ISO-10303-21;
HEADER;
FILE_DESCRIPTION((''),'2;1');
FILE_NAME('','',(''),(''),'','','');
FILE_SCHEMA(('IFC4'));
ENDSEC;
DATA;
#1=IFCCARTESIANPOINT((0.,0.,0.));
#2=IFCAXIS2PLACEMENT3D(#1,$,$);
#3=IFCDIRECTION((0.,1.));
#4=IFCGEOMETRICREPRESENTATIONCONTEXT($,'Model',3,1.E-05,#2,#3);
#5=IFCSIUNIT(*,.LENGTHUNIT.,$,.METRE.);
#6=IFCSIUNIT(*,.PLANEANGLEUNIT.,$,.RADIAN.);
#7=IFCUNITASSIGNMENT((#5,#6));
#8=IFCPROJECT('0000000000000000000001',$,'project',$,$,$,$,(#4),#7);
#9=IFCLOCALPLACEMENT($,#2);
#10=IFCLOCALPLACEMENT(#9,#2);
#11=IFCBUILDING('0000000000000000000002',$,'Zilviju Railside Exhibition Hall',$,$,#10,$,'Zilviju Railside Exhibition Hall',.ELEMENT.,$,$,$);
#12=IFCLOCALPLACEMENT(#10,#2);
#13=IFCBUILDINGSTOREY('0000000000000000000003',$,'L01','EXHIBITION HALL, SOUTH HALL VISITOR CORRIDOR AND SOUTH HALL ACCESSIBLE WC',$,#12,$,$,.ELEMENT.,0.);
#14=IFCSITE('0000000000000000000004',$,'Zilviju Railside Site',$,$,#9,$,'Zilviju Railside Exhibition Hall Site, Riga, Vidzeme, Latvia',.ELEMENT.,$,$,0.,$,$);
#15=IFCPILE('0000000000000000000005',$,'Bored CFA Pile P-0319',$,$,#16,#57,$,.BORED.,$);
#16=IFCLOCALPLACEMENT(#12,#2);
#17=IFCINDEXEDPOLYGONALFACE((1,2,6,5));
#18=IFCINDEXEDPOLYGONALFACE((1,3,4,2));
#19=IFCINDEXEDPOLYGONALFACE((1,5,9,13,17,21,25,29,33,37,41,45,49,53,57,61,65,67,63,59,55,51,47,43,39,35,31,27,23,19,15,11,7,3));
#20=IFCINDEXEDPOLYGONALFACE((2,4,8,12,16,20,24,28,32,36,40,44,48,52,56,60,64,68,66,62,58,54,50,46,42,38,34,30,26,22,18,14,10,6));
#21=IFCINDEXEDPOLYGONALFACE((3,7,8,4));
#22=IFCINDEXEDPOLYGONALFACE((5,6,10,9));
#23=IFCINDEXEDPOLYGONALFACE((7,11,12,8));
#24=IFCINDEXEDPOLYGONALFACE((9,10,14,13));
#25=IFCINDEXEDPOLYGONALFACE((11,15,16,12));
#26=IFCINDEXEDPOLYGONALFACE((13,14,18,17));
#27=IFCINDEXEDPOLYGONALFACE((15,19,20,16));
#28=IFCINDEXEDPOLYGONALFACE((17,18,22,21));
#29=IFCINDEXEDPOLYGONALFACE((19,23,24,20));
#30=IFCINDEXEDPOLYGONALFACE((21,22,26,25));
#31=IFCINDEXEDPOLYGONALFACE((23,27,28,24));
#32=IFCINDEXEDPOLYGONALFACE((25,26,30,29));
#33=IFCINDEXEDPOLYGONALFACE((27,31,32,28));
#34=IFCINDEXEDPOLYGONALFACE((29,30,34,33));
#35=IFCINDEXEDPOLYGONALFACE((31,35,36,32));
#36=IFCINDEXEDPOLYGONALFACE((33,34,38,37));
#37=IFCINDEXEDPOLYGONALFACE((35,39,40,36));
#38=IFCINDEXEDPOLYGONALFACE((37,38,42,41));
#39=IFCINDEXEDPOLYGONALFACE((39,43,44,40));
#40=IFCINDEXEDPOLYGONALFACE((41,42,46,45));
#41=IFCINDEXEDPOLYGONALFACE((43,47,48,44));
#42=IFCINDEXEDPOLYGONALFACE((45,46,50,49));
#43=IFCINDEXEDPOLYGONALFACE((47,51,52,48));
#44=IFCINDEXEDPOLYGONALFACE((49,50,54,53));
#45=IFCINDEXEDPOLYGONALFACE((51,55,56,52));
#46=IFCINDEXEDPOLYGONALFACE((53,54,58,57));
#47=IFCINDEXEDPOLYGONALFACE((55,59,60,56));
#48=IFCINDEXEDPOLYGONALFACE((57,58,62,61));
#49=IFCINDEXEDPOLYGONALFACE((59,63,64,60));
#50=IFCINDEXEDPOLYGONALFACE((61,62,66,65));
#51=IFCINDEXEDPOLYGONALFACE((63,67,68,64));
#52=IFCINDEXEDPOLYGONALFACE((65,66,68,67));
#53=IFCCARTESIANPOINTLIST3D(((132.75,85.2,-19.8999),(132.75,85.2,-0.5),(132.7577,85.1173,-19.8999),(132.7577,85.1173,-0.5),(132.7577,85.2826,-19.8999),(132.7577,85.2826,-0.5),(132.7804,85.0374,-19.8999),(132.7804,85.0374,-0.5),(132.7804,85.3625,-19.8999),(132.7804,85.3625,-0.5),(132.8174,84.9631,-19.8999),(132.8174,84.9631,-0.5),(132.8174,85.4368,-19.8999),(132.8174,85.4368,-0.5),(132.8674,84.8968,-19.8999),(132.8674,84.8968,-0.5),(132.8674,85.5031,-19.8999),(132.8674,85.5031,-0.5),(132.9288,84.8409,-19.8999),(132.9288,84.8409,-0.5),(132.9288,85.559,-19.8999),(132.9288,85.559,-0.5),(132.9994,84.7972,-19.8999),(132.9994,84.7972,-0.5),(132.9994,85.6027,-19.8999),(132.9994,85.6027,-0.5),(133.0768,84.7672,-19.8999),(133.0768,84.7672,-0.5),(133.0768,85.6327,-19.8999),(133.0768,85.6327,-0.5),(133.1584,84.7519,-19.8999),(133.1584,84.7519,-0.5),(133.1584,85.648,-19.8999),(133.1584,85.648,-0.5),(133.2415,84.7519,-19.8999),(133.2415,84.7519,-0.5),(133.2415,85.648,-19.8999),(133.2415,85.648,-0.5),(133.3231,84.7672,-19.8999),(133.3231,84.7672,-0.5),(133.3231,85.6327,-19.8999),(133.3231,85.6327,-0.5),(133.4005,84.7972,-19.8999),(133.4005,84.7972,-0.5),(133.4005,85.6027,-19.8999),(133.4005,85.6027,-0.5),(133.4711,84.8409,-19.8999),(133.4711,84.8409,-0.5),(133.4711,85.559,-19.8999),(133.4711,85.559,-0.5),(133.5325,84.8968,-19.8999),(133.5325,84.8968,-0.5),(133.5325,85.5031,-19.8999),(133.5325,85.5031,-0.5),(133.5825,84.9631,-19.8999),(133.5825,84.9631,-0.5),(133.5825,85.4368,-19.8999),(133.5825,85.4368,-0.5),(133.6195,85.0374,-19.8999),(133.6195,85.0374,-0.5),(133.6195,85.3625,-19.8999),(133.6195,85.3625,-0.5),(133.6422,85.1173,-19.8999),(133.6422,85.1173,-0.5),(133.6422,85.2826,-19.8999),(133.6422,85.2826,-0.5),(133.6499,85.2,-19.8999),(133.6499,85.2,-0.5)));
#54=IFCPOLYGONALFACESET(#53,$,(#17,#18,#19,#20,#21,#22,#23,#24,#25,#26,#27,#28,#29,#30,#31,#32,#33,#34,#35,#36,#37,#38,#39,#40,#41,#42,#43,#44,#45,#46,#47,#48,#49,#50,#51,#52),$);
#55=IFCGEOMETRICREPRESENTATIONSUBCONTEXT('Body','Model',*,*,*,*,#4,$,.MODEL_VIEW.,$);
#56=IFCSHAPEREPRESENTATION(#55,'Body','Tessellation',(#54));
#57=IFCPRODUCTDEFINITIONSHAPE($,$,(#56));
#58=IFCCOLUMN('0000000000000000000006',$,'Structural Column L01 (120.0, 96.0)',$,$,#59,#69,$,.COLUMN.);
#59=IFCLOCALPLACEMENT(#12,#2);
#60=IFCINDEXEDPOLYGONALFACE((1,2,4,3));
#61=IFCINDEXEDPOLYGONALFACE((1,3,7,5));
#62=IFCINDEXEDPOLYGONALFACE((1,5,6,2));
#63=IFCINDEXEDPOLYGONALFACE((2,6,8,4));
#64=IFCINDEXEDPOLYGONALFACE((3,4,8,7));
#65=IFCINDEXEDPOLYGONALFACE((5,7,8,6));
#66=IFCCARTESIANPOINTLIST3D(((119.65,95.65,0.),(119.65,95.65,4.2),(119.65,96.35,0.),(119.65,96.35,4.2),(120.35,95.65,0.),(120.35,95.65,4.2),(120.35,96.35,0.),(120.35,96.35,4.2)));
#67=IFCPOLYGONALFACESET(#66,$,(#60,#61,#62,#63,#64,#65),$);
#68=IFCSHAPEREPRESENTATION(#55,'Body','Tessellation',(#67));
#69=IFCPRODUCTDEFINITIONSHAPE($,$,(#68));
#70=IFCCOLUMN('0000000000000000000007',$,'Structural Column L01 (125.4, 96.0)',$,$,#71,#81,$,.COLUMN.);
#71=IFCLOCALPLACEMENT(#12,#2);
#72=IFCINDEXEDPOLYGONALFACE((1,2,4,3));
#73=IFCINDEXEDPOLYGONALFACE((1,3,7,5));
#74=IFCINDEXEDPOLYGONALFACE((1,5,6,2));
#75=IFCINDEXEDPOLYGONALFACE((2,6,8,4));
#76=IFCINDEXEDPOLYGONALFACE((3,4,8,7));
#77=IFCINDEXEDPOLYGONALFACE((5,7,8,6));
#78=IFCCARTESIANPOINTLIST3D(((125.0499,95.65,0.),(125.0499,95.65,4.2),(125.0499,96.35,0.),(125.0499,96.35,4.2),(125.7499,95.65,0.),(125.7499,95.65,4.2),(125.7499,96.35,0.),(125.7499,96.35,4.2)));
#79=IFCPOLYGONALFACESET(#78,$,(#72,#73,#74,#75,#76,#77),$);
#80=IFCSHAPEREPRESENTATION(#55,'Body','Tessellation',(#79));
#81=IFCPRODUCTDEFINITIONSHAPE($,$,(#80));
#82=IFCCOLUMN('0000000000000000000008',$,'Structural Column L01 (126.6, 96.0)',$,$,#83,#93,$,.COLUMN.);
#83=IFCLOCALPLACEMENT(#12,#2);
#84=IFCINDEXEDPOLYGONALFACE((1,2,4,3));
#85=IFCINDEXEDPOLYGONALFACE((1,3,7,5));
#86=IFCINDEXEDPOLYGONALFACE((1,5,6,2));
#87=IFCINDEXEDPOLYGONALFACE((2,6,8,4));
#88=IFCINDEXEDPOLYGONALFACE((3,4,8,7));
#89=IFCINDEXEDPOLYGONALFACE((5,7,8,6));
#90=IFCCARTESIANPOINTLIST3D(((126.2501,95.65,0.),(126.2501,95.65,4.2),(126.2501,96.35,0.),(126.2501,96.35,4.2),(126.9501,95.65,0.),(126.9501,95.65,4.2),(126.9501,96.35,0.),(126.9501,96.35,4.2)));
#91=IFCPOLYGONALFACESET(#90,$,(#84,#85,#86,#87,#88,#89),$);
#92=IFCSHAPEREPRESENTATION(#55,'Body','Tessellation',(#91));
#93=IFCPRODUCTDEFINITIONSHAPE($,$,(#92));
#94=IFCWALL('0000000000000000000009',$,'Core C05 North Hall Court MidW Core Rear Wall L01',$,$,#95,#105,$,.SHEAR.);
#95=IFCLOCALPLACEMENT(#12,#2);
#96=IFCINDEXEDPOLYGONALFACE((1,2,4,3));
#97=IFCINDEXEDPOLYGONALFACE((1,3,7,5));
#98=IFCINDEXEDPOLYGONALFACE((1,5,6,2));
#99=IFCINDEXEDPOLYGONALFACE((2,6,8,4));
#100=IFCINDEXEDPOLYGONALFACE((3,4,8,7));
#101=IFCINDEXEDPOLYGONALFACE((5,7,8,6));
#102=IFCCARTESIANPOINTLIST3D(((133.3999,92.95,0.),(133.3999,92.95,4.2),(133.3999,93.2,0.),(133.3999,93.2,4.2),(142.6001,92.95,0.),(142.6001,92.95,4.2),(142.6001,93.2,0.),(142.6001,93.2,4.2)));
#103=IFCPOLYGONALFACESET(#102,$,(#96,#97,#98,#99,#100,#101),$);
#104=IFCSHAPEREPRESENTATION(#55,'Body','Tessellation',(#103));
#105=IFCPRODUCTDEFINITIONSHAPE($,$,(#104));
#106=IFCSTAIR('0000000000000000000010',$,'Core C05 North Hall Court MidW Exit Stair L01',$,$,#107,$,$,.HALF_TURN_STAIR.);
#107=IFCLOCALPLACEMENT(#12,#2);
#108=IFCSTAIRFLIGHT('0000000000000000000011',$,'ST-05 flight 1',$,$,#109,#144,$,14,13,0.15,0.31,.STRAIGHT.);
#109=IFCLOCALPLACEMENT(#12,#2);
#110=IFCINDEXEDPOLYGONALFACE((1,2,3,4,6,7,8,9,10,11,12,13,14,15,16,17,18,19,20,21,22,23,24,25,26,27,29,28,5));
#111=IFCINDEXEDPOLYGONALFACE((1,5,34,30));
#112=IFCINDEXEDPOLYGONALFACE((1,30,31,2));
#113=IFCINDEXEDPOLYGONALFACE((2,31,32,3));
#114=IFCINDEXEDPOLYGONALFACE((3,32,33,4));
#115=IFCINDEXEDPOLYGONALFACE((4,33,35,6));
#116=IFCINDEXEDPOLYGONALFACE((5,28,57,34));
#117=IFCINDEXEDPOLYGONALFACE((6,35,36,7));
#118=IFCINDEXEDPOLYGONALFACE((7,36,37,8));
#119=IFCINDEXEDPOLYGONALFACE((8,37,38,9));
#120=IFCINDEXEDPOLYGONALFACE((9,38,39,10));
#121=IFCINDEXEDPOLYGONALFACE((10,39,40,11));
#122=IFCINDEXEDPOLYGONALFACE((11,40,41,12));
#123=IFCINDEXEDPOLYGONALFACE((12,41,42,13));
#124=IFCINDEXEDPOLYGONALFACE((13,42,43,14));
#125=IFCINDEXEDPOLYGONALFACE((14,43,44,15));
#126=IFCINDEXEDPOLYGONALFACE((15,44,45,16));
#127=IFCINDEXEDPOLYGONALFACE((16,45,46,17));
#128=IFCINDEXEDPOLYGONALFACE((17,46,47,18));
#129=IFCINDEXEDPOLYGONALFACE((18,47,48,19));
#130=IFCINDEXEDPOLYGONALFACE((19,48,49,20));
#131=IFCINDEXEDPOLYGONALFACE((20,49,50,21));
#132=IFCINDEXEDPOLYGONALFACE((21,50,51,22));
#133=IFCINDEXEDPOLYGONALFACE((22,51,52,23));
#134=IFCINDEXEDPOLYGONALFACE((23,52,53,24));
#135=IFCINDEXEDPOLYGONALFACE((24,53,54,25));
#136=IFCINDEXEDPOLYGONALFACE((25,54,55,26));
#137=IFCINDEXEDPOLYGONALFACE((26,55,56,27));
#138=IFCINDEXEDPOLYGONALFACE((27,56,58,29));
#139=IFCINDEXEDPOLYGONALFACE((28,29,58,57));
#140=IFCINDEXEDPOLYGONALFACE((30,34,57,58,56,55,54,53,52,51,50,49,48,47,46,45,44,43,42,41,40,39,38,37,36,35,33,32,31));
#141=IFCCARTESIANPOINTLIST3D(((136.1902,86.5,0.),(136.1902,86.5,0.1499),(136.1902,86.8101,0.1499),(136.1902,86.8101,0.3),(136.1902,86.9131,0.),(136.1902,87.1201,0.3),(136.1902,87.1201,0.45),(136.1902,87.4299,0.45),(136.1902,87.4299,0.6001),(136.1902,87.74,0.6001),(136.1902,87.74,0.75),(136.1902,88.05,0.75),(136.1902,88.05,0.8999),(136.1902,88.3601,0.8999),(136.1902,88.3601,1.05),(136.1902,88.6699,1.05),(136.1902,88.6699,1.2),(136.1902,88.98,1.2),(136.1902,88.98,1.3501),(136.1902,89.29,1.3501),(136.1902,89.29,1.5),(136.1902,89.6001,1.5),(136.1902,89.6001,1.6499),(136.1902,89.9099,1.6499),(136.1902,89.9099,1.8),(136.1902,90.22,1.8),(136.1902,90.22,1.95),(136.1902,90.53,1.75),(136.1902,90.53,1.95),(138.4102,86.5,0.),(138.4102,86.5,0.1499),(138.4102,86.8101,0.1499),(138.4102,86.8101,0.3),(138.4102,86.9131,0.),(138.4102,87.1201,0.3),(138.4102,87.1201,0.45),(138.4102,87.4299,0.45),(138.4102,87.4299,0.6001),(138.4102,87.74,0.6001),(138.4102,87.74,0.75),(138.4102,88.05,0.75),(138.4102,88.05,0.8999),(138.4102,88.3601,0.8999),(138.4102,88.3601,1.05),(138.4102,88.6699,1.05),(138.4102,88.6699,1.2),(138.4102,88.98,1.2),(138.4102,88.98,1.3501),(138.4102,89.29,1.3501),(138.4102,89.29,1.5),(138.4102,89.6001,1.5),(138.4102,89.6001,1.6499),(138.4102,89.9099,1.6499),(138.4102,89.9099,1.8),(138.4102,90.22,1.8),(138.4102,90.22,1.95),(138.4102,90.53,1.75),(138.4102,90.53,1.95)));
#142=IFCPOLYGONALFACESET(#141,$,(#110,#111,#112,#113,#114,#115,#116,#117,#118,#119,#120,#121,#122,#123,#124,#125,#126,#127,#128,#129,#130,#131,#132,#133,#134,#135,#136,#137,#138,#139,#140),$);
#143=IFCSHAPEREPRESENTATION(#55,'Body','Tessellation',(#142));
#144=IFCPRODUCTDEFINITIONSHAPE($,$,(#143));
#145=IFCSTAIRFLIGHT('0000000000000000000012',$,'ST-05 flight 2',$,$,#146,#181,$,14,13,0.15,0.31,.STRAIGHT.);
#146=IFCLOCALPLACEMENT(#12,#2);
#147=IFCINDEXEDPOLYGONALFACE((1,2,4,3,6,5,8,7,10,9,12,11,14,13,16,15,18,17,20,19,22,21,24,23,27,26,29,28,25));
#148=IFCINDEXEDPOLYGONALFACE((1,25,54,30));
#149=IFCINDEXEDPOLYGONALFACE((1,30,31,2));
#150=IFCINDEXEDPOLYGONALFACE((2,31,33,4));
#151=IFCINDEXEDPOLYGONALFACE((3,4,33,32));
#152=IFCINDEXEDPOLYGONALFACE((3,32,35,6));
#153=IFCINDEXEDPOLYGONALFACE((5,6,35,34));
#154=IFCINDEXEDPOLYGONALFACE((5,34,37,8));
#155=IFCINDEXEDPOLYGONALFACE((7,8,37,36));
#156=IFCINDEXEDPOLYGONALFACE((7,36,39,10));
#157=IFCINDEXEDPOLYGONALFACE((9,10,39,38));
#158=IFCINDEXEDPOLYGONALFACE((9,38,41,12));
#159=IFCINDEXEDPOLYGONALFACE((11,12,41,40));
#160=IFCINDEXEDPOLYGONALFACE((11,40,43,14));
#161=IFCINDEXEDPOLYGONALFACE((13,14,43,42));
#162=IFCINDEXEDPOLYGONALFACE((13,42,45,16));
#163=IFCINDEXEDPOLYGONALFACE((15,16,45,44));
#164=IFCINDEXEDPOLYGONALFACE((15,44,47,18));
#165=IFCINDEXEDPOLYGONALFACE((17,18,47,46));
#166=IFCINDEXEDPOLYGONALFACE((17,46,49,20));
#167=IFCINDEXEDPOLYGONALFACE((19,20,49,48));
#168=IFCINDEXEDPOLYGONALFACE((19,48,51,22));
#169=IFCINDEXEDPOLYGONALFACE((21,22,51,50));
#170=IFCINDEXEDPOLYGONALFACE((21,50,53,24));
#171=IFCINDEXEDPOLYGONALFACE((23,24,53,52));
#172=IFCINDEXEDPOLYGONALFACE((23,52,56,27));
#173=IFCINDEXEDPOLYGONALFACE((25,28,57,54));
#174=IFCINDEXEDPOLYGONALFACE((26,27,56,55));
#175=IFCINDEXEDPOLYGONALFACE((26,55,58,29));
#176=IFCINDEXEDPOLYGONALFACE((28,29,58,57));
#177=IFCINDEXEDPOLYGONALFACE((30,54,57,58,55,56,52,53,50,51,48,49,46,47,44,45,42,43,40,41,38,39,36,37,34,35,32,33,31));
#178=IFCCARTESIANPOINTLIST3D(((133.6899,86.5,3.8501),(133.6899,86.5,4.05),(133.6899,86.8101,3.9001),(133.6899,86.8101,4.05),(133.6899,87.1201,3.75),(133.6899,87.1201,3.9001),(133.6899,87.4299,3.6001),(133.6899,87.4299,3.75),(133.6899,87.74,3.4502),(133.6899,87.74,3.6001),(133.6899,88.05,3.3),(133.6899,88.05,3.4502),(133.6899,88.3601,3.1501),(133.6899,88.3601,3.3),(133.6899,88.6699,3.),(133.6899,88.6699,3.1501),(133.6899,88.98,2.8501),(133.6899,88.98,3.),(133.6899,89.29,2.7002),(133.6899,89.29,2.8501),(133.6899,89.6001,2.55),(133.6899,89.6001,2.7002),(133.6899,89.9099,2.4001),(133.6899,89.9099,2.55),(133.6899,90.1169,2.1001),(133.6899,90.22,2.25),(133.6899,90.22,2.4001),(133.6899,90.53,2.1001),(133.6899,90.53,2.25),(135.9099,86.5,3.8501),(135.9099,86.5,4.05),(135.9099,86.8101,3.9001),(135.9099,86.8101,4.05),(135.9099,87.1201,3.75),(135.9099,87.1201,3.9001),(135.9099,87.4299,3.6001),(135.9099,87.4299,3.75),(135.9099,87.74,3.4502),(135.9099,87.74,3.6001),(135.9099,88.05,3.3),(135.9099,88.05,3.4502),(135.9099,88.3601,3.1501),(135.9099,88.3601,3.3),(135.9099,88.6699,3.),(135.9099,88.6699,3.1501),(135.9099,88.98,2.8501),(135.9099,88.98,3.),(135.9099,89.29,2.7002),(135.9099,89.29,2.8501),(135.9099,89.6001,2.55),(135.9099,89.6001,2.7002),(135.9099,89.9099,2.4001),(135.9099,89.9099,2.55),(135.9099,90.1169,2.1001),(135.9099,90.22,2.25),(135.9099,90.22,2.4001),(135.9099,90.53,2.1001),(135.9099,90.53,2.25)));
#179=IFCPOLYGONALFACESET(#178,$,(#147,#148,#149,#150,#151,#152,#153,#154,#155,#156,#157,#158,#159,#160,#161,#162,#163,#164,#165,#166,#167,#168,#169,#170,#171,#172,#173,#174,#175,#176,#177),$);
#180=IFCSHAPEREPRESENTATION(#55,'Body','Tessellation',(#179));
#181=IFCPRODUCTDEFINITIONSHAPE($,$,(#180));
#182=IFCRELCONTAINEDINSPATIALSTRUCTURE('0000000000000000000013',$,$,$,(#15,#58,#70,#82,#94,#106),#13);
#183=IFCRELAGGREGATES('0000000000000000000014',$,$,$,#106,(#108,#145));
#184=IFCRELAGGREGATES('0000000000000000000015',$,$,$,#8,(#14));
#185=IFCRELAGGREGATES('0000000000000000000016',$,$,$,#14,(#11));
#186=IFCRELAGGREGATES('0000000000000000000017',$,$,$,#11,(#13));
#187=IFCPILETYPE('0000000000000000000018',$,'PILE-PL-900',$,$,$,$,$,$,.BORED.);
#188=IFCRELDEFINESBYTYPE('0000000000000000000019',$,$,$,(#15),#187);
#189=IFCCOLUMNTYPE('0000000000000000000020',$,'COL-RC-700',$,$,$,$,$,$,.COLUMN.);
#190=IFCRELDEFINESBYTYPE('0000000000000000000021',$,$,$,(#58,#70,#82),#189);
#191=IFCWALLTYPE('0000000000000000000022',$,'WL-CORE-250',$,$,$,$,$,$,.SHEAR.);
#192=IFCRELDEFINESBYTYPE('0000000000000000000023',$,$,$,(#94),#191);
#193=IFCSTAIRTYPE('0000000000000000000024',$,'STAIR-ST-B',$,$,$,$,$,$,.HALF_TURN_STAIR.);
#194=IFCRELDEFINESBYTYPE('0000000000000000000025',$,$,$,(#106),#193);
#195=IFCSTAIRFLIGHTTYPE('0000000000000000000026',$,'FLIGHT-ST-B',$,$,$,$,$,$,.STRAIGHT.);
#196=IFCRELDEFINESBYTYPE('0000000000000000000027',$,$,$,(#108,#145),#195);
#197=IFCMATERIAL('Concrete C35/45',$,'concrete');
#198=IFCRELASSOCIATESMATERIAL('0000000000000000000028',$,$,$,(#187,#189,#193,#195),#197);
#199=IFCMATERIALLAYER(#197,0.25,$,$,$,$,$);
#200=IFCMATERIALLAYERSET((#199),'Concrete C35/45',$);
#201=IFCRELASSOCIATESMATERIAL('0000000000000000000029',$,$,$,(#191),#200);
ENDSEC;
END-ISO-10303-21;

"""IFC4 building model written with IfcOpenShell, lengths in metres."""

from ifc_helpers import new_model, si_unit, direction, frame, frame_2d, origin, origin_2d, place, context, subcontext, project, spatial, polyline, rectangle, circle, outline, extrude, material, layer, layer_set, material_profile, profile_set, type_object, element, aggregate, save


model = new_model("IFC4")

# Units and contexts
model_context = context("Model", 3, precision=1e-05, world=origin(), true_north=direction((0.0, 1.0)))
body_context = subcontext(model_context, "Body", "Model", "MODEL_VIEW")
ifc_project = project(units=[si_unit("LENGTHUNIT", "METRE"), si_unit("PLANEANGLEUNIT", "RADIAN")], contexts=[model_context])

# Site, building, storey
site_placement = place(None, origin())
site = spatial("IfcSite", under=ifc_project, at=site_placement, Name="Zilviju Railside Site", LongName="Zilviju Railside Exhibition Hall Site, Riga, Vidzeme, Latvia", CompositionType="ELEMENT", RefElevation=0.0)
building_placement = place(site_placement, origin())
building = spatial("IfcBuilding", under=site, at=building_placement, Name="Zilviju Railside Exhibition Hall", LongName="Zilviju Railside Exhibition Hall", CompositionType="ELEMENT")
storey_placement = place(building_placement, origin())
storey = spatial("IfcBuildingStorey", under=building, at=storey_placement, Name="L01", Description="EXHIBITION HALL, SOUTH HALL VISITOR CORRIDOR AND SOUTH HALL ACCESSIBLE WC", CompositionType="ELEMENT", Elevation=0.0)

# Shared definitions
ifc_material_1 = material(Name="Concrete C35/45", Category="concrete")

# Pile
ifc_material_profile_1 = material_profile(ifc_material_1, circle(Radius=0.45, at=origin_2d()), Name="CFA PILE D900")
ifc_profile_set_1 = profile_set([ifc_material_profile_1], Name="Concrete C35/45")
pile_type_1 = type_object("IfcPileType", Name="PILE-PL-900", PredefinedType="BORED", material=ifc_profile_set_1)
for number, where, z_axis, x_axis, name in (
    (1, (133.2, 85.2, -0.5), (0.0, 0.0, -1.0), (1.0, 0.0, 0.0), "Bored CFA Pile P-0319"),
):
    element("IfcPile", number, at=place(storey_placement, frame(where, z_axis=z_axis, x_axis=x_axis)), inside=storey, type_object=pile_type_1, Name=name, PredefinedType="BORED", context=body_context, shape_type="SweptSolid", body=[
        extrude(circle(Radius=0.45, at=origin_2d()), origin(), (0.0, 0.0, 1.0), 19.3999),
    ])

# Columns
ifc_material_profile_2 = material_profile(ifc_material_1, rectangle(XDim=0.7, YDim=0.7, at=origin_2d()), Name="RC COL 700x700")
ifc_profile_set_2 = profile_set([ifc_material_profile_2], Name="Concrete C35/45")
column_type = type_object("IfcColumnType", Name="COL-RC-700", PredefinedType="COLUMN", material=ifc_profile_set_2)
for number, where, z_axis, x_axis, name in (
    (2, (120.0, 96.0, 0.0), (0.0, 0.0, 1.0), (1.0, 0.0, 0.0), "Structural Column L01 (120.0, 96.0)"),
    (3, (125.3999, 96.0, 0.0), (0.0, 0.0, 1.0), (1.0, 0.0, 0.0), "Structural Column L01 (125.4, 96.0)"),
    (4, (126.6001, 96.0, 0.0), (0.0, 0.0, 1.0), (1.0, 0.0, 0.0), "Structural Column L01 (126.6, 96.0)"),
):
    element("IfcColumn", number, at=place(storey_placement, frame(where, z_axis=z_axis, x_axis=x_axis)), inside=storey, type_object=column_type, Name=name, PredefinedType="COLUMN", context=body_context, shape_type="SweptSolid", body=[
        extrude(rectangle(XDim=0.7, YDim=0.7, at=origin_2d()), origin(), (0.0, 0.0, 1.0), 4.2),
    ])

# Wall
ifc_layer = layer(ifc_material_1, 0.25)
ifc_layer_set = layer_set([ifc_layer], Name="Concrete C35/45")
wall_type = type_object("IfcWallType", Name="WL-CORE-250", PredefinedType="SHEAR", material=ifc_layer_set)
wall_placement = place(storey_placement, frame((133.3999, 93.075, 0.0), z_axis=(0.0, 0.0, 1.0), x_axis=(1.0, 0.0, 0.0)))
element("IfcWall", 5, at=wall_placement, inside=storey, type_object=wall_type, Name="Core C05 North Hall Court MidW Core Rear Wall L01", PredefinedType="SHEAR", context=body_context, shape_type="SweptSolid", body=[
    extrude(rectangle(XDim=9.2002, YDim=0.25, at=frame_2d((4.6001, 0.0))), origin(), (0.0, 0.0, 1.0), 4.2),
])

# Stair, stair flights
stair_type = type_object("IfcStairType", Name="STAIR-ST-B", PredefinedType="HALF_TURN_STAIR", material=ifc_material_1)
stair_placement = place(storey_placement, origin())
stair = element("IfcStair", 6, at=stair_placement, inside=storey, type_object=stair_type, Name="Core C05 North Hall Court MidW Exit Stair L01", PredefinedType="HALF_TURN_STAIR")
stair_flight_type = type_object("IfcStairFlightType", Name="FLIGHT-ST-B", PredefinedType="STRAIGHT", material=ifc_material_1)
stair_flight_1_placement = place(storey_placement, frame((137.3, 86.5, 0.0), z_axis=(0.0, 0.0, 1.0), x_axis=(0.0, 1.0, 0.0)))
stair_flight_1 = element("IfcStairFlight", 7, at=stair_flight_1_placement, type_object=stair_flight_type, Name="ST-05 flight 1", NumberOfRisers=14, NumberOfTreads=13, PredefinedType="STRAIGHT", RiserHeight=0.15, TreadLength=0.31, context=body_context, shape_type="SweptSolid", body=[
    extrude(outline(polyline([(0.0, 0.0), (0.0, 0.1499), (0.3101, 0.1499), (0.3101, 0.3), (0.6201, 0.3), (0.6201, 0.45), (0.9299, 0.45), (0.9299, 0.6001), (1.24, 0.6001), (1.24, 0.75), (1.55, 0.75), (1.55, 0.8999), (1.8601, 0.8999), (1.8601, 1.05), (2.1699, 1.05), (2.1699, 1.2), (2.48, 1.2), (2.48, 1.3501), (2.79, 1.3501), (2.79, 1.5), (3.1001, 1.5), (3.1001, 1.6499), (3.4099, 1.6499), (3.4099, 1.8), (3.72, 1.8), (3.72, 1.95), (4.03, 1.95), (4.03, 2.1001), (4.03, 1.75), (0.4131, 0.0), (0.0, 0.0)])), frame((0.0, 1.1099, 0.0), z_axis=(0.0, -1.0, 0.0), x_axis=(1.0, 0.0, 0.0)), (0.0, 0.0, 1.0), 2.22),
])
stair_flight_2_placement = place(storey_placement, frame((134.8, 90.53, 2.1001), z_axis=(0.0, 0.0, 1.0), x_axis=(0.0, -1.0, 0.0)))
stair_flight_2 = element("IfcStairFlight", 8, at=stair_flight_2_placement, type_object=stair_flight_type, Name="ST-05 flight 2", NumberOfRisers=14, NumberOfTreads=13, PredefinedType="STRAIGHT", RiserHeight=0.15, TreadLength=0.31, context=body_context, shape_type="SweptSolid", body=[
    extrude(outline(polyline([(0.0, 0.0), (0.0, 0.1499), (0.3101, 0.1499), (0.3101, 0.3), (0.6201, 0.3), (0.6201, 0.45), (0.9299, 0.45), (0.9299, 0.6001), (1.24, 0.6001), (1.24, 0.75), (1.55, 0.75), (1.55, 0.8999), (1.8601, 0.8999), (1.8601, 1.05), (2.1699, 1.05), (2.1699, 1.2), (2.48, 1.2), (2.48, 1.3501), (2.79, 1.3501), (2.79, 1.5), (3.1001, 1.5), (3.1001, 1.6499), (3.4099, 1.6499), (3.4099, 1.8), (3.72, 1.8), (3.72, 1.95), (4.03, 1.95), (4.03, 2.1001), (4.03, 1.75), (0.4131, 0.0), (0.0, 0.0)])), frame((0.0, 1.1099, 0.0), z_axis=(0.0, -1.0, 0.0), x_axis=(1.0, 0.0, 0.0)), (0.0, 0.0, 1.0), 2.22),
])
aggregate(stair, [stair_flight_1, stair_flight_2])

save(model, "model.ifc")
